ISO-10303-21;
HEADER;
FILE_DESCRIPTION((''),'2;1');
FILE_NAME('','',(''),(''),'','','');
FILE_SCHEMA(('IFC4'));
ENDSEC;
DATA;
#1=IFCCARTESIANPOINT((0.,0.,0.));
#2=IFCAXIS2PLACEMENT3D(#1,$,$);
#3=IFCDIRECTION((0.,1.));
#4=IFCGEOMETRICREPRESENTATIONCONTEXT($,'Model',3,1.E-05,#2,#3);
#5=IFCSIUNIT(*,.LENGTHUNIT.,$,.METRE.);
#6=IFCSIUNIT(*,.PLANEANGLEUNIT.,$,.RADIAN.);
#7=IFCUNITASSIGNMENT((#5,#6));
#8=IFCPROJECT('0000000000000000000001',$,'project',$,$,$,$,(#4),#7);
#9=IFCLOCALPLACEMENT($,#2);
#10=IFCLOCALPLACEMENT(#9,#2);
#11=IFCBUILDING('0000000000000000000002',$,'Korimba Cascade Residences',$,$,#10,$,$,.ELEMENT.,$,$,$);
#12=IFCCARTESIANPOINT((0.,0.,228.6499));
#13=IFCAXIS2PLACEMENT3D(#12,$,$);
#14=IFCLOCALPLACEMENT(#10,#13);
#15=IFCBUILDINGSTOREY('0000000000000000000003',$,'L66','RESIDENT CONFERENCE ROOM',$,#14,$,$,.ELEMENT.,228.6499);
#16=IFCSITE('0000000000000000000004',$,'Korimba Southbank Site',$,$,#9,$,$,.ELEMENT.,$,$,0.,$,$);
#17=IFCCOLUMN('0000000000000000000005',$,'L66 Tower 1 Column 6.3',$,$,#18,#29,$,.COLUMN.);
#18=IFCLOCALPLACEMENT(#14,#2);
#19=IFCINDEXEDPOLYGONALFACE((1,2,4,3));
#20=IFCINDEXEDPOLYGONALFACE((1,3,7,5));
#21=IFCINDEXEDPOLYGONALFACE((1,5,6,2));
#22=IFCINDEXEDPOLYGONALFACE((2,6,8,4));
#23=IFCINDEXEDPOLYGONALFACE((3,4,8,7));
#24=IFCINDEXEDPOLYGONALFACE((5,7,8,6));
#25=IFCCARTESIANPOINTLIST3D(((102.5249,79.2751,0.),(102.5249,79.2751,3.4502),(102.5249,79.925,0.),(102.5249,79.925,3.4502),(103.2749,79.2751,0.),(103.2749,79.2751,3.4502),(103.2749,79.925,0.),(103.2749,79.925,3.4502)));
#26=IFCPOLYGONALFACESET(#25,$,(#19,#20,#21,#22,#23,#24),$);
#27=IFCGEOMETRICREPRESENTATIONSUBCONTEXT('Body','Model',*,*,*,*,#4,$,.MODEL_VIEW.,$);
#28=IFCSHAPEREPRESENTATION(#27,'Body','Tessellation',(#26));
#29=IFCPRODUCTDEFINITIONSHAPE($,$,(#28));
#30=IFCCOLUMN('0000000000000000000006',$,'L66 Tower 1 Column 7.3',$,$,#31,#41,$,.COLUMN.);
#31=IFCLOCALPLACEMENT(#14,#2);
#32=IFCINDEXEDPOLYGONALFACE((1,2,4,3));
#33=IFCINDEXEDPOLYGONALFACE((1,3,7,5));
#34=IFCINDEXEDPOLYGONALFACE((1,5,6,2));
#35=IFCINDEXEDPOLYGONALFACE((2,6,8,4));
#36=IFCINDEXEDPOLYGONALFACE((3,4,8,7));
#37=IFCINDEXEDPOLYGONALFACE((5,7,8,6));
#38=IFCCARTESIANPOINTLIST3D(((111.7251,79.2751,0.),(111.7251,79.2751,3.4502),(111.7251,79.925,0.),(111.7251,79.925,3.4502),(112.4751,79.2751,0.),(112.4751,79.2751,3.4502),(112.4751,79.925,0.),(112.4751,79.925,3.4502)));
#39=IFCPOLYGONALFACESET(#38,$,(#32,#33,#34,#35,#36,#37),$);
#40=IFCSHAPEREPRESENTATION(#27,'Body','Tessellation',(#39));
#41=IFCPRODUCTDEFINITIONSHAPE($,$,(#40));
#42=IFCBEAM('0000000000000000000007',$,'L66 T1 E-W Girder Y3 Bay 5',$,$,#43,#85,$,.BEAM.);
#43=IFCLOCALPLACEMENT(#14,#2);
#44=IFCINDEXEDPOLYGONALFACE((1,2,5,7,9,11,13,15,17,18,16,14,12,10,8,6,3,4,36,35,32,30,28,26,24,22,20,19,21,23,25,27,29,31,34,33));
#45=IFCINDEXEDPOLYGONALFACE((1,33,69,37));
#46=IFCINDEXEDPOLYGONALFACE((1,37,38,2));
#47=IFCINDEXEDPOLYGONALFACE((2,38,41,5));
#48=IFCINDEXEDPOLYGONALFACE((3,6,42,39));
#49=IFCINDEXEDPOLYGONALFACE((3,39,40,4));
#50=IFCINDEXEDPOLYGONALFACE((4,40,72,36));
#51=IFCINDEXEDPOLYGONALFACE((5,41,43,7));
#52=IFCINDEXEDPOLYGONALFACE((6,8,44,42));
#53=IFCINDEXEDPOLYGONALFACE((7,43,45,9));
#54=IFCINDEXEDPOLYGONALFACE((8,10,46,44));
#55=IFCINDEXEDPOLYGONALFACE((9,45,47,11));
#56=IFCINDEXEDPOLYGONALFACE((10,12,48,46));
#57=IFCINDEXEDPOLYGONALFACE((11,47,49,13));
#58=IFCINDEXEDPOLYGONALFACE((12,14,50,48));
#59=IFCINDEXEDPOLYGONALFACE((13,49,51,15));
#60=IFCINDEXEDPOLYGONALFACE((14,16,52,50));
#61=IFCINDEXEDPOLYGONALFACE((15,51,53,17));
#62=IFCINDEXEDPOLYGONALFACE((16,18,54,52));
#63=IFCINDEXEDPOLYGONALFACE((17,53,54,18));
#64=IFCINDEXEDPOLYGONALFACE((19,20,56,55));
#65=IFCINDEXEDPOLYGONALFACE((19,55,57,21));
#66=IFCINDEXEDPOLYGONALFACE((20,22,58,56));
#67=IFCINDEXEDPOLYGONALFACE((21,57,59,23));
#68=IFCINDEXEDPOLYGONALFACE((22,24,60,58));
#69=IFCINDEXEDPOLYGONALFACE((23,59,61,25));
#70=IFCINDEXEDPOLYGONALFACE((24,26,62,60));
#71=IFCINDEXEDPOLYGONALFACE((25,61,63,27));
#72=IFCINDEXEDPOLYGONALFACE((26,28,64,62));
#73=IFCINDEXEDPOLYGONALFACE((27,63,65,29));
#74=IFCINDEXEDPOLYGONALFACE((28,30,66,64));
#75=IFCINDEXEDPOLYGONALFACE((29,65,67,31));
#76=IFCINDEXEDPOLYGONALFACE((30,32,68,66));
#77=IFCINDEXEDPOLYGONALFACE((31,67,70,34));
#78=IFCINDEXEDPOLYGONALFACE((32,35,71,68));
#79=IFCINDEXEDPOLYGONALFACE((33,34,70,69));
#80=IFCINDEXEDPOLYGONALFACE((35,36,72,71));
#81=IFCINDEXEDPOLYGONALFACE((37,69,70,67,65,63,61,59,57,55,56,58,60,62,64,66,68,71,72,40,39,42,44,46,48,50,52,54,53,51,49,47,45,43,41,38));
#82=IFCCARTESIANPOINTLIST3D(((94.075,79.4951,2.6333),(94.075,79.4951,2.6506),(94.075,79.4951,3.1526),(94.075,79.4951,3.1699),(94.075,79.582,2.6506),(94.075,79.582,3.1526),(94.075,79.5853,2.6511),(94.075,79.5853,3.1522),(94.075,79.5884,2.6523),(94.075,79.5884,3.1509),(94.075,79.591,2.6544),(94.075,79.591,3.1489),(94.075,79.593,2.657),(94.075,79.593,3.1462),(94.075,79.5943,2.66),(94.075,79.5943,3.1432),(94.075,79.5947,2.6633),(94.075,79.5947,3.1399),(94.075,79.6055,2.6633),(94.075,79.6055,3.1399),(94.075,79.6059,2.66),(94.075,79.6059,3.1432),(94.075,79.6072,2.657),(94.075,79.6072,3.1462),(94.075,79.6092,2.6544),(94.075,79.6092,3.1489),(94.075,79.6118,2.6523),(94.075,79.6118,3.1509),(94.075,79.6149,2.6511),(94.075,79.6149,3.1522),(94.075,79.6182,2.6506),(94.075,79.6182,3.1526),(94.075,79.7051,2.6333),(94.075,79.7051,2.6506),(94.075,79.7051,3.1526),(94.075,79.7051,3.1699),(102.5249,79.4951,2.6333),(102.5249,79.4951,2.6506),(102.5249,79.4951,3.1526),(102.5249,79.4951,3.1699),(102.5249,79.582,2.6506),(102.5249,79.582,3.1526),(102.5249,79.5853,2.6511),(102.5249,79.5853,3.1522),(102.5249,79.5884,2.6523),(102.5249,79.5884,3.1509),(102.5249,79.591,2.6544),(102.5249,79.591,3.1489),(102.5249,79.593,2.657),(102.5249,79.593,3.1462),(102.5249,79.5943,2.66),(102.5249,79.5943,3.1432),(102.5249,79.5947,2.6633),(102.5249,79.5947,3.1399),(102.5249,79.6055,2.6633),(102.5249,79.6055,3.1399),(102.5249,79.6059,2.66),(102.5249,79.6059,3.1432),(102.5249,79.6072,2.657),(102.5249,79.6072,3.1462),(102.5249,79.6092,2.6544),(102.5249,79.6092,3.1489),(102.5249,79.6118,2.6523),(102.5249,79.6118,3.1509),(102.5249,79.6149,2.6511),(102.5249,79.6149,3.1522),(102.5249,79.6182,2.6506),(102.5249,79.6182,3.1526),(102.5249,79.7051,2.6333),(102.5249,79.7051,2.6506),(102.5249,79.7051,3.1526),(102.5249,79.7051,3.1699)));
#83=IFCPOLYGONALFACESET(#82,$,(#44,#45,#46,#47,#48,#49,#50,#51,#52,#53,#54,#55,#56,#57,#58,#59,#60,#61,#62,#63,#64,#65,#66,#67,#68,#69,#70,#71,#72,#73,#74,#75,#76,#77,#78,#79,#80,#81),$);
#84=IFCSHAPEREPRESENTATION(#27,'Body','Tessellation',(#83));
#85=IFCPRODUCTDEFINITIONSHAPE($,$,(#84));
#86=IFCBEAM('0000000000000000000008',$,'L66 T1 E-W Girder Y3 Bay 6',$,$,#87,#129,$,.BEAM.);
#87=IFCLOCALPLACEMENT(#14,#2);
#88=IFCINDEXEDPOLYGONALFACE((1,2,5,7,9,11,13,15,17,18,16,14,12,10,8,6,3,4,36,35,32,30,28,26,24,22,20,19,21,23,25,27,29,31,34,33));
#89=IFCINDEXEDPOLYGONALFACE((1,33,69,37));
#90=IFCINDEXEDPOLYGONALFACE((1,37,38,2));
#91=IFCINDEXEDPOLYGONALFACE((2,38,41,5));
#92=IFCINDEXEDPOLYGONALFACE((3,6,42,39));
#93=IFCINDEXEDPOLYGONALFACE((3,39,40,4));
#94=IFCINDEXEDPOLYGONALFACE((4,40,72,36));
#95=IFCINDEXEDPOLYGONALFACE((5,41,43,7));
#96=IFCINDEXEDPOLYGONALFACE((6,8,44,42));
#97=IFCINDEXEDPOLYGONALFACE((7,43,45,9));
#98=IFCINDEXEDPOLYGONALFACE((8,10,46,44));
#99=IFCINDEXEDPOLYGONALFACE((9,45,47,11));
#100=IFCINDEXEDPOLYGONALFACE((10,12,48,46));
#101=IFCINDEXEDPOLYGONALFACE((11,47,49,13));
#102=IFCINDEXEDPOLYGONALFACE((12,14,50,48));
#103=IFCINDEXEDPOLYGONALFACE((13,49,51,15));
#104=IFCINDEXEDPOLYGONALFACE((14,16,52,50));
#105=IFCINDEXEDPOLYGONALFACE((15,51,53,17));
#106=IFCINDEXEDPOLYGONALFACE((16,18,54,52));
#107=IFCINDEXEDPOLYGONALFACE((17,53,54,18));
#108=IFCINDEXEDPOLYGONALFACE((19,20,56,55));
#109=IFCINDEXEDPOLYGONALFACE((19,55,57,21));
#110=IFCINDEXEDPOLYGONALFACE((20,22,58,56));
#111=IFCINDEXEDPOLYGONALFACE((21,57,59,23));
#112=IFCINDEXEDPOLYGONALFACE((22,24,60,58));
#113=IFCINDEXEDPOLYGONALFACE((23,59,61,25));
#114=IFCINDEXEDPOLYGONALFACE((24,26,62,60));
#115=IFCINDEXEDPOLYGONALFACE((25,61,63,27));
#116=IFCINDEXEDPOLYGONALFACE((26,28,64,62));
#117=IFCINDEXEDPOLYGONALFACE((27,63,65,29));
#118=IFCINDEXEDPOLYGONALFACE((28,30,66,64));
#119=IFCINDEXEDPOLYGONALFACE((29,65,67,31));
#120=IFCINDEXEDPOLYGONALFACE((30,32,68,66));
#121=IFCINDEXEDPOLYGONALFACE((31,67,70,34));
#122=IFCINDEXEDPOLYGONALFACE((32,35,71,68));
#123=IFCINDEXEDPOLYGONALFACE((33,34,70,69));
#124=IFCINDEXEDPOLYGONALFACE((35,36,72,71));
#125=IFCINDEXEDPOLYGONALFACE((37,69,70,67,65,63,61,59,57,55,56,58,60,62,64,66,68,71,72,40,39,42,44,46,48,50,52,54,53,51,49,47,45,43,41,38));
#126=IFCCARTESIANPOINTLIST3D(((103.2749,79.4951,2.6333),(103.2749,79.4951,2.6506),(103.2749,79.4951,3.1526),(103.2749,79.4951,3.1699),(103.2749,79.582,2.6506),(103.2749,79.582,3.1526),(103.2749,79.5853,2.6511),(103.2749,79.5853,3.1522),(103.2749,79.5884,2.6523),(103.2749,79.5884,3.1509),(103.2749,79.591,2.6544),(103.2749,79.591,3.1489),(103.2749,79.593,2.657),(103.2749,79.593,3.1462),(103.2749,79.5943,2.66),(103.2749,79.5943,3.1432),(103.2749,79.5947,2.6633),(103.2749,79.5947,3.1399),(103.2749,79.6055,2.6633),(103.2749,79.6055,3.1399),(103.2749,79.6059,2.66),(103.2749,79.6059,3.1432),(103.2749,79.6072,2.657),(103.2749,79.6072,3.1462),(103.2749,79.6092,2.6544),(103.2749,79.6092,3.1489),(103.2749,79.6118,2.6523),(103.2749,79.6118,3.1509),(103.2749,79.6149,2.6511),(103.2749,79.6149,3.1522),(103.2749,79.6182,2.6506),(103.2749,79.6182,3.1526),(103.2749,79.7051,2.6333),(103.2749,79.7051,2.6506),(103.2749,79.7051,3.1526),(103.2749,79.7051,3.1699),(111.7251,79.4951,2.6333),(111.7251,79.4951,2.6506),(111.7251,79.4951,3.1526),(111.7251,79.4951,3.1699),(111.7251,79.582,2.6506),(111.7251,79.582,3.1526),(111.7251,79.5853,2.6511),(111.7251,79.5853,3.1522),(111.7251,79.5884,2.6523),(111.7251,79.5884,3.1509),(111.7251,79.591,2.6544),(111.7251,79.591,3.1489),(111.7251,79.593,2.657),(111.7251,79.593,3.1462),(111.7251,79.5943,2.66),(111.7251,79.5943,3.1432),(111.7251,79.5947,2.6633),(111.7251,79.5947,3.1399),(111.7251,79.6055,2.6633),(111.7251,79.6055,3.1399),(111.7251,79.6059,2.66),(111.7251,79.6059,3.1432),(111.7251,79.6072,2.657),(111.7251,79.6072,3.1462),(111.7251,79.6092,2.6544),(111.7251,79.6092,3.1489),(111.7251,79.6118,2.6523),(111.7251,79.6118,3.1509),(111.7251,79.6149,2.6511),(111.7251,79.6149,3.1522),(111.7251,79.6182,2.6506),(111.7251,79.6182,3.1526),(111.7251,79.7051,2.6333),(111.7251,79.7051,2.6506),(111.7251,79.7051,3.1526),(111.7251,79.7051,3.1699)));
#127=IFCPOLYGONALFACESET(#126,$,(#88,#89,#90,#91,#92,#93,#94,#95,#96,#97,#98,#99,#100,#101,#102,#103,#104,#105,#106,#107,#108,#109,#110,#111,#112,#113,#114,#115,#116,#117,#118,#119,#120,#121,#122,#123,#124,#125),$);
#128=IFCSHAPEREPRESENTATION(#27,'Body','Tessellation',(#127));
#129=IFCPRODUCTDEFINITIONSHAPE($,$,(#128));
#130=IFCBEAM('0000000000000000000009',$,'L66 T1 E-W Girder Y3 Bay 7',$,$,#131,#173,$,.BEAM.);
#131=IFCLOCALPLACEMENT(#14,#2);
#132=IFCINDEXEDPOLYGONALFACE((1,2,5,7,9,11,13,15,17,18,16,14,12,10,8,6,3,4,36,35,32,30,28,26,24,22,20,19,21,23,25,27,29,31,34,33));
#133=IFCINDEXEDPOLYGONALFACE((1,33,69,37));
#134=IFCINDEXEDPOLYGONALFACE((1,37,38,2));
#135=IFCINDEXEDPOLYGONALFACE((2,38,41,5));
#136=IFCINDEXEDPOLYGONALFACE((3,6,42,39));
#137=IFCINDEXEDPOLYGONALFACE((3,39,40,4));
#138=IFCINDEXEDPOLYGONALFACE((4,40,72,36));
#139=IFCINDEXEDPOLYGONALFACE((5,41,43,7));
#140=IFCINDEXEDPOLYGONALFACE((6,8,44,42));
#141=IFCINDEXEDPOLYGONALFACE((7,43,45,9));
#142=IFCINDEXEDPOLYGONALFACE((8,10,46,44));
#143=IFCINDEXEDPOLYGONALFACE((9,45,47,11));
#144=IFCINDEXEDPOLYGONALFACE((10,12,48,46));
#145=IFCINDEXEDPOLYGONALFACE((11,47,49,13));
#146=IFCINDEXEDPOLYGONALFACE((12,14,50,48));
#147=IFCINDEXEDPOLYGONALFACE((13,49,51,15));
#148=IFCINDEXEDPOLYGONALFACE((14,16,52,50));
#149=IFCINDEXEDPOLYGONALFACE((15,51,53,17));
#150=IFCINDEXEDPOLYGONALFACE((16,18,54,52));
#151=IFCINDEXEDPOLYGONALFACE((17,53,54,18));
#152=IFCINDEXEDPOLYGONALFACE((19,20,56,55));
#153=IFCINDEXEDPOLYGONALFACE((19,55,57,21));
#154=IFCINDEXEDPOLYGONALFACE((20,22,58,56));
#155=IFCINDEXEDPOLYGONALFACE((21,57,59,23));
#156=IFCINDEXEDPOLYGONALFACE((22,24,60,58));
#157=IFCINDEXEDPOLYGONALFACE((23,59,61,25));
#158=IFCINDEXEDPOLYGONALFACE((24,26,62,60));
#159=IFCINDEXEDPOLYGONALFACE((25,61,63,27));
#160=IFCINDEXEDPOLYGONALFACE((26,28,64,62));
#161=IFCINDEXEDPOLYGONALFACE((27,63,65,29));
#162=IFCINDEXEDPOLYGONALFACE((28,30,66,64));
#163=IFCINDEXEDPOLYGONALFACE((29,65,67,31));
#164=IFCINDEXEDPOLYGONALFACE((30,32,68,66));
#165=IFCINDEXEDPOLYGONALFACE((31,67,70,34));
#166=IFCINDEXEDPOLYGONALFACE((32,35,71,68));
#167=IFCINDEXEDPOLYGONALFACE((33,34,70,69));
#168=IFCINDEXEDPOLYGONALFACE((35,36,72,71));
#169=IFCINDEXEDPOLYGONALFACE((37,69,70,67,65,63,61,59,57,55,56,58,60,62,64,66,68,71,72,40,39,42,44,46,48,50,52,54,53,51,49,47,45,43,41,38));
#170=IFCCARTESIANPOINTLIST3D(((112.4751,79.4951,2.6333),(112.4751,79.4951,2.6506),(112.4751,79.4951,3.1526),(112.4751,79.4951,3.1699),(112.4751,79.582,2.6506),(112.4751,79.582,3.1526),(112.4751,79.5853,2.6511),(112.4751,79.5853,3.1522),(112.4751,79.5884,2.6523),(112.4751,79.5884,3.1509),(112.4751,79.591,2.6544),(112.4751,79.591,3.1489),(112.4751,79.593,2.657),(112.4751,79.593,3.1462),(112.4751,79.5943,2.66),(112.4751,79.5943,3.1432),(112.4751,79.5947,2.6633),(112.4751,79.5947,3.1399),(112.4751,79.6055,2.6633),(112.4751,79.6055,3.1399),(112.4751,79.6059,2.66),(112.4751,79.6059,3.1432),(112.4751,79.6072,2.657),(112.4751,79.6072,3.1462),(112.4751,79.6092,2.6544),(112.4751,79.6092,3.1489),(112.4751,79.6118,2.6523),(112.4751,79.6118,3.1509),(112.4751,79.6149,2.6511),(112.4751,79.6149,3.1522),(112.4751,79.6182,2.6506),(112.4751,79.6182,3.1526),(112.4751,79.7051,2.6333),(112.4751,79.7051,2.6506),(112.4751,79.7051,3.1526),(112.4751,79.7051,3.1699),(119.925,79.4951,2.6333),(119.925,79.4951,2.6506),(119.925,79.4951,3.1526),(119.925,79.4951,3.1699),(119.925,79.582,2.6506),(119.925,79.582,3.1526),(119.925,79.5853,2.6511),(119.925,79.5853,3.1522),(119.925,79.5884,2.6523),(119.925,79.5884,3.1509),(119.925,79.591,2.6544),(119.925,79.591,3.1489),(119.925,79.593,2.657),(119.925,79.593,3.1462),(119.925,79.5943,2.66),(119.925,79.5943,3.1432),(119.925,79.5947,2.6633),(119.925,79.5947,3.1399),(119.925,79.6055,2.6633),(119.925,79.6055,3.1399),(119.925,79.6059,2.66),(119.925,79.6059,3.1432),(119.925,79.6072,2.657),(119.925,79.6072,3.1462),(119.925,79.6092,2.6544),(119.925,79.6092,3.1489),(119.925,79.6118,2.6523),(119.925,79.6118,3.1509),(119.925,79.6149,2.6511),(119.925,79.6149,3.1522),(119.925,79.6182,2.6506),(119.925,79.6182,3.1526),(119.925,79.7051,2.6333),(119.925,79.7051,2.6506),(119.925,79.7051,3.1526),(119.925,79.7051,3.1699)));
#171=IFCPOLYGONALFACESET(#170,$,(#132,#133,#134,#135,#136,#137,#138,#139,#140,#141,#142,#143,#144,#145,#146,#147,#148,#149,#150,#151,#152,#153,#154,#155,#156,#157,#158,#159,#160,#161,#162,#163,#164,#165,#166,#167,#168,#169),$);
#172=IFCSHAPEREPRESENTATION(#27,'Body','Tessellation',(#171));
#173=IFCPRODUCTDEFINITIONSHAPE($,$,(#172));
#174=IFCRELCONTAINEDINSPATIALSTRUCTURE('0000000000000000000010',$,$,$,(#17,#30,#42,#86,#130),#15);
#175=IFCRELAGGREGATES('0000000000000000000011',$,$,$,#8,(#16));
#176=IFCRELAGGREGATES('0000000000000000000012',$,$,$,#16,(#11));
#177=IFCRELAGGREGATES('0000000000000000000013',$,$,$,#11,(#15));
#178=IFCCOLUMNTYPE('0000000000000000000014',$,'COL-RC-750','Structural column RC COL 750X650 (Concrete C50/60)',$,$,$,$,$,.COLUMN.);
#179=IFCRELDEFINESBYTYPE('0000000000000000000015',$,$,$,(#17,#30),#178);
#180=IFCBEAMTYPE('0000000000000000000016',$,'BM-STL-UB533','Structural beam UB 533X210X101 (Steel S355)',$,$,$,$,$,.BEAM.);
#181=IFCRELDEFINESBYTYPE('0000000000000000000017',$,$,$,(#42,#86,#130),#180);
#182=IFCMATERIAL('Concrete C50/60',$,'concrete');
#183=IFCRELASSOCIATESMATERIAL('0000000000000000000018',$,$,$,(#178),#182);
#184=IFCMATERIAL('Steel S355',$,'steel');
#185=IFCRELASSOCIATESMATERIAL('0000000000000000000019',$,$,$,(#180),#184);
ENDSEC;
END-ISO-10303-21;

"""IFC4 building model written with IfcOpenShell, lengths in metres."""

from ifc_helpers import new_model, si_unit, direction, frame, origin, origin_2d, place, context, subcontext, project, spatial, rectangle, i_section, extrude, material, material_profile, profile_set, type_object, element, save


model = new_model("IFC4")

# Units and contexts
model_context = context("Model", 3, precision=1e-05, world=origin(), true_north=direction((0.0, 1.0)))
body_context = subcontext(model_context, "Body", "Model", "MODEL_VIEW")
ifc_project = project(units=[si_unit("LENGTHUNIT", "METRE"), si_unit("PLANEANGLEUNIT", "RADIAN")], contexts=[model_context])

# Site, building, storey
site_placement = place(None, origin())
site = spatial("IfcSite", under=ifc_project, at=site_placement, Name="Korimba Southbank Site", CompositionType="ELEMENT", RefElevation=0.0)
building_placement = place(site_placement, origin())
building = spatial("IfcBuilding", under=site, at=building_placement, Name="Korimba Cascade Residences", CompositionType="ELEMENT")
storey_placement = place(building_placement, frame((0.0, 0.0, 228.6499)))
storey = spatial("IfcBuildingStorey", under=building, at=storey_placement, Name="L66", Description="RESIDENT CONFERENCE ROOM", CompositionType="ELEMENT", Elevation=228.6499)

# Columns
ifc_material_1 = material(Name="Concrete C50/60", Category="concrete")
ifc_material_profile_1 = material_profile(ifc_material_1, rectangle(XDim=0.75, YDim=0.6499, at=origin_2d()), Name="Concrete C50/60")
ifc_profile_set_1 = profile_set([ifc_material_profile_1], Name="Concrete C50/60")
column_type = type_object("IfcColumnType", Name="COL-RC-750", Description="Structural column RC COL 750X650 (Concrete C50/60)", PredefinedType="COLUMN", material=ifc_profile_set_1)
for number, where, z_axis, x_axis, name in (
    (1, (102.8999, 79.6001, 0.0), (0.0, 0.0, 1.0), (1.0, 0.0, 0.0), "L66 Tower 1 Column 6.3"),
    (2, (112.1001, 79.6001, 0.0), (0.0, 0.0, 1.0), (1.0, 0.0, 0.0), "L66 Tower 1 Column 7.3"),
):
    element("IfcColumn", number, at=place(storey_placement, frame(where, z_axis=z_axis, x_axis=x_axis)), inside=storey, type_object=column_type, Name=name, PredefinedType="COLUMN", context=body_context, shape_type="SweptSolid", body=[
        extrude(rectangle(XDim=0.75, YDim=0.6499, at=origin_2d()), origin(), (0.0, 0.0, 1.0), 3.4502),
    ])

# Beams
ifc_material_2 = material(Name="Steel S355", Category="steel")
ifc_material_profile_2 = material_profile(ifc_material_2, i_section(OverallWidth=0.21, OverallDepth=0.5366, WebThickness=0.0107, FlangeThickness=0.0173, FilletRadius=0.0127, at=origin_2d()), Name="Steel S355")
ifc_profile_set_2 = profile_set([ifc_material_profile_2], Name="Steel S355")
beam_type_1 = type_object("IfcBeamType", Name="BM-STL-UB533", Description="Structural beam UB 533X210X101 (Steel S355)", PredefinedType="BEAM", material=ifc_profile_set_2)
beam_1_placement = place(storey_placement, frame((94.075, 79.6001, 2.9016), z_axis=(1.0, 0.0, 0.0), x_axis=(0.0, 1.0, 0.0)))
element("IfcBeam", 3, at=beam_1_placement, inside=storey, type_object=beam_type_1, Name="L66 T1 E-W Girder Y3 Bay 5", PredefinedType="BEAM", context=body_context, shape_type="SweptSolid", body=[
    extrude(i_section(OverallWidth=0.21, OverallDepth=0.5366, WebThickness=0.0107, FlangeThickness=0.0173, FilletRadius=0.0127, at=origin_2d()), origin(), (0.0, 0.0, 1.0), 8.45),
])
beam_2_placement = place(storey_placement, frame((103.2749, 79.6001, 2.9016), z_axis=(1.0, 0.0, 0.0), x_axis=(0.0, 1.0, 0.0)))
element("IfcBeam", 4, at=beam_2_placement, inside=storey, type_object=beam_type_1, Name="L66 T1 E-W Girder Y3 Bay 6", PredefinedType="BEAM", context=body_context, shape_type="SweptSolid", body=[
    extrude(i_section(OverallWidth=0.21, OverallDepth=0.5366, WebThickness=0.0107, FlangeThickness=0.0173, FilletRadius=0.0127, at=origin_2d()), origin(), (0.0, 0.0, 1.0), 8.4502),
])
beam_3_placement = place(storey_placement, frame((112.4751, 79.6001, 2.9016), z_axis=(1.0, 0.0, 0.0), x_axis=(0.0, 1.0, 0.0)))
element("IfcBeam", 5, at=beam_3_placement, inside=storey, type_object=beam_type_1, Name="L66 T1 E-W Girder Y3 Bay 7", PredefinedType="BEAM", context=body_context, shape_type="SweptSolid", body=[
    extrude(i_section(OverallWidth=0.21, OverallDepth=0.5366, WebThickness=0.0107, FlangeThickness=0.0173, FilletRadius=0.0127, at=origin_2d()), origin(), (0.0, 0.0, 1.0), 7.45),
])

save(model, "model.ifc")
